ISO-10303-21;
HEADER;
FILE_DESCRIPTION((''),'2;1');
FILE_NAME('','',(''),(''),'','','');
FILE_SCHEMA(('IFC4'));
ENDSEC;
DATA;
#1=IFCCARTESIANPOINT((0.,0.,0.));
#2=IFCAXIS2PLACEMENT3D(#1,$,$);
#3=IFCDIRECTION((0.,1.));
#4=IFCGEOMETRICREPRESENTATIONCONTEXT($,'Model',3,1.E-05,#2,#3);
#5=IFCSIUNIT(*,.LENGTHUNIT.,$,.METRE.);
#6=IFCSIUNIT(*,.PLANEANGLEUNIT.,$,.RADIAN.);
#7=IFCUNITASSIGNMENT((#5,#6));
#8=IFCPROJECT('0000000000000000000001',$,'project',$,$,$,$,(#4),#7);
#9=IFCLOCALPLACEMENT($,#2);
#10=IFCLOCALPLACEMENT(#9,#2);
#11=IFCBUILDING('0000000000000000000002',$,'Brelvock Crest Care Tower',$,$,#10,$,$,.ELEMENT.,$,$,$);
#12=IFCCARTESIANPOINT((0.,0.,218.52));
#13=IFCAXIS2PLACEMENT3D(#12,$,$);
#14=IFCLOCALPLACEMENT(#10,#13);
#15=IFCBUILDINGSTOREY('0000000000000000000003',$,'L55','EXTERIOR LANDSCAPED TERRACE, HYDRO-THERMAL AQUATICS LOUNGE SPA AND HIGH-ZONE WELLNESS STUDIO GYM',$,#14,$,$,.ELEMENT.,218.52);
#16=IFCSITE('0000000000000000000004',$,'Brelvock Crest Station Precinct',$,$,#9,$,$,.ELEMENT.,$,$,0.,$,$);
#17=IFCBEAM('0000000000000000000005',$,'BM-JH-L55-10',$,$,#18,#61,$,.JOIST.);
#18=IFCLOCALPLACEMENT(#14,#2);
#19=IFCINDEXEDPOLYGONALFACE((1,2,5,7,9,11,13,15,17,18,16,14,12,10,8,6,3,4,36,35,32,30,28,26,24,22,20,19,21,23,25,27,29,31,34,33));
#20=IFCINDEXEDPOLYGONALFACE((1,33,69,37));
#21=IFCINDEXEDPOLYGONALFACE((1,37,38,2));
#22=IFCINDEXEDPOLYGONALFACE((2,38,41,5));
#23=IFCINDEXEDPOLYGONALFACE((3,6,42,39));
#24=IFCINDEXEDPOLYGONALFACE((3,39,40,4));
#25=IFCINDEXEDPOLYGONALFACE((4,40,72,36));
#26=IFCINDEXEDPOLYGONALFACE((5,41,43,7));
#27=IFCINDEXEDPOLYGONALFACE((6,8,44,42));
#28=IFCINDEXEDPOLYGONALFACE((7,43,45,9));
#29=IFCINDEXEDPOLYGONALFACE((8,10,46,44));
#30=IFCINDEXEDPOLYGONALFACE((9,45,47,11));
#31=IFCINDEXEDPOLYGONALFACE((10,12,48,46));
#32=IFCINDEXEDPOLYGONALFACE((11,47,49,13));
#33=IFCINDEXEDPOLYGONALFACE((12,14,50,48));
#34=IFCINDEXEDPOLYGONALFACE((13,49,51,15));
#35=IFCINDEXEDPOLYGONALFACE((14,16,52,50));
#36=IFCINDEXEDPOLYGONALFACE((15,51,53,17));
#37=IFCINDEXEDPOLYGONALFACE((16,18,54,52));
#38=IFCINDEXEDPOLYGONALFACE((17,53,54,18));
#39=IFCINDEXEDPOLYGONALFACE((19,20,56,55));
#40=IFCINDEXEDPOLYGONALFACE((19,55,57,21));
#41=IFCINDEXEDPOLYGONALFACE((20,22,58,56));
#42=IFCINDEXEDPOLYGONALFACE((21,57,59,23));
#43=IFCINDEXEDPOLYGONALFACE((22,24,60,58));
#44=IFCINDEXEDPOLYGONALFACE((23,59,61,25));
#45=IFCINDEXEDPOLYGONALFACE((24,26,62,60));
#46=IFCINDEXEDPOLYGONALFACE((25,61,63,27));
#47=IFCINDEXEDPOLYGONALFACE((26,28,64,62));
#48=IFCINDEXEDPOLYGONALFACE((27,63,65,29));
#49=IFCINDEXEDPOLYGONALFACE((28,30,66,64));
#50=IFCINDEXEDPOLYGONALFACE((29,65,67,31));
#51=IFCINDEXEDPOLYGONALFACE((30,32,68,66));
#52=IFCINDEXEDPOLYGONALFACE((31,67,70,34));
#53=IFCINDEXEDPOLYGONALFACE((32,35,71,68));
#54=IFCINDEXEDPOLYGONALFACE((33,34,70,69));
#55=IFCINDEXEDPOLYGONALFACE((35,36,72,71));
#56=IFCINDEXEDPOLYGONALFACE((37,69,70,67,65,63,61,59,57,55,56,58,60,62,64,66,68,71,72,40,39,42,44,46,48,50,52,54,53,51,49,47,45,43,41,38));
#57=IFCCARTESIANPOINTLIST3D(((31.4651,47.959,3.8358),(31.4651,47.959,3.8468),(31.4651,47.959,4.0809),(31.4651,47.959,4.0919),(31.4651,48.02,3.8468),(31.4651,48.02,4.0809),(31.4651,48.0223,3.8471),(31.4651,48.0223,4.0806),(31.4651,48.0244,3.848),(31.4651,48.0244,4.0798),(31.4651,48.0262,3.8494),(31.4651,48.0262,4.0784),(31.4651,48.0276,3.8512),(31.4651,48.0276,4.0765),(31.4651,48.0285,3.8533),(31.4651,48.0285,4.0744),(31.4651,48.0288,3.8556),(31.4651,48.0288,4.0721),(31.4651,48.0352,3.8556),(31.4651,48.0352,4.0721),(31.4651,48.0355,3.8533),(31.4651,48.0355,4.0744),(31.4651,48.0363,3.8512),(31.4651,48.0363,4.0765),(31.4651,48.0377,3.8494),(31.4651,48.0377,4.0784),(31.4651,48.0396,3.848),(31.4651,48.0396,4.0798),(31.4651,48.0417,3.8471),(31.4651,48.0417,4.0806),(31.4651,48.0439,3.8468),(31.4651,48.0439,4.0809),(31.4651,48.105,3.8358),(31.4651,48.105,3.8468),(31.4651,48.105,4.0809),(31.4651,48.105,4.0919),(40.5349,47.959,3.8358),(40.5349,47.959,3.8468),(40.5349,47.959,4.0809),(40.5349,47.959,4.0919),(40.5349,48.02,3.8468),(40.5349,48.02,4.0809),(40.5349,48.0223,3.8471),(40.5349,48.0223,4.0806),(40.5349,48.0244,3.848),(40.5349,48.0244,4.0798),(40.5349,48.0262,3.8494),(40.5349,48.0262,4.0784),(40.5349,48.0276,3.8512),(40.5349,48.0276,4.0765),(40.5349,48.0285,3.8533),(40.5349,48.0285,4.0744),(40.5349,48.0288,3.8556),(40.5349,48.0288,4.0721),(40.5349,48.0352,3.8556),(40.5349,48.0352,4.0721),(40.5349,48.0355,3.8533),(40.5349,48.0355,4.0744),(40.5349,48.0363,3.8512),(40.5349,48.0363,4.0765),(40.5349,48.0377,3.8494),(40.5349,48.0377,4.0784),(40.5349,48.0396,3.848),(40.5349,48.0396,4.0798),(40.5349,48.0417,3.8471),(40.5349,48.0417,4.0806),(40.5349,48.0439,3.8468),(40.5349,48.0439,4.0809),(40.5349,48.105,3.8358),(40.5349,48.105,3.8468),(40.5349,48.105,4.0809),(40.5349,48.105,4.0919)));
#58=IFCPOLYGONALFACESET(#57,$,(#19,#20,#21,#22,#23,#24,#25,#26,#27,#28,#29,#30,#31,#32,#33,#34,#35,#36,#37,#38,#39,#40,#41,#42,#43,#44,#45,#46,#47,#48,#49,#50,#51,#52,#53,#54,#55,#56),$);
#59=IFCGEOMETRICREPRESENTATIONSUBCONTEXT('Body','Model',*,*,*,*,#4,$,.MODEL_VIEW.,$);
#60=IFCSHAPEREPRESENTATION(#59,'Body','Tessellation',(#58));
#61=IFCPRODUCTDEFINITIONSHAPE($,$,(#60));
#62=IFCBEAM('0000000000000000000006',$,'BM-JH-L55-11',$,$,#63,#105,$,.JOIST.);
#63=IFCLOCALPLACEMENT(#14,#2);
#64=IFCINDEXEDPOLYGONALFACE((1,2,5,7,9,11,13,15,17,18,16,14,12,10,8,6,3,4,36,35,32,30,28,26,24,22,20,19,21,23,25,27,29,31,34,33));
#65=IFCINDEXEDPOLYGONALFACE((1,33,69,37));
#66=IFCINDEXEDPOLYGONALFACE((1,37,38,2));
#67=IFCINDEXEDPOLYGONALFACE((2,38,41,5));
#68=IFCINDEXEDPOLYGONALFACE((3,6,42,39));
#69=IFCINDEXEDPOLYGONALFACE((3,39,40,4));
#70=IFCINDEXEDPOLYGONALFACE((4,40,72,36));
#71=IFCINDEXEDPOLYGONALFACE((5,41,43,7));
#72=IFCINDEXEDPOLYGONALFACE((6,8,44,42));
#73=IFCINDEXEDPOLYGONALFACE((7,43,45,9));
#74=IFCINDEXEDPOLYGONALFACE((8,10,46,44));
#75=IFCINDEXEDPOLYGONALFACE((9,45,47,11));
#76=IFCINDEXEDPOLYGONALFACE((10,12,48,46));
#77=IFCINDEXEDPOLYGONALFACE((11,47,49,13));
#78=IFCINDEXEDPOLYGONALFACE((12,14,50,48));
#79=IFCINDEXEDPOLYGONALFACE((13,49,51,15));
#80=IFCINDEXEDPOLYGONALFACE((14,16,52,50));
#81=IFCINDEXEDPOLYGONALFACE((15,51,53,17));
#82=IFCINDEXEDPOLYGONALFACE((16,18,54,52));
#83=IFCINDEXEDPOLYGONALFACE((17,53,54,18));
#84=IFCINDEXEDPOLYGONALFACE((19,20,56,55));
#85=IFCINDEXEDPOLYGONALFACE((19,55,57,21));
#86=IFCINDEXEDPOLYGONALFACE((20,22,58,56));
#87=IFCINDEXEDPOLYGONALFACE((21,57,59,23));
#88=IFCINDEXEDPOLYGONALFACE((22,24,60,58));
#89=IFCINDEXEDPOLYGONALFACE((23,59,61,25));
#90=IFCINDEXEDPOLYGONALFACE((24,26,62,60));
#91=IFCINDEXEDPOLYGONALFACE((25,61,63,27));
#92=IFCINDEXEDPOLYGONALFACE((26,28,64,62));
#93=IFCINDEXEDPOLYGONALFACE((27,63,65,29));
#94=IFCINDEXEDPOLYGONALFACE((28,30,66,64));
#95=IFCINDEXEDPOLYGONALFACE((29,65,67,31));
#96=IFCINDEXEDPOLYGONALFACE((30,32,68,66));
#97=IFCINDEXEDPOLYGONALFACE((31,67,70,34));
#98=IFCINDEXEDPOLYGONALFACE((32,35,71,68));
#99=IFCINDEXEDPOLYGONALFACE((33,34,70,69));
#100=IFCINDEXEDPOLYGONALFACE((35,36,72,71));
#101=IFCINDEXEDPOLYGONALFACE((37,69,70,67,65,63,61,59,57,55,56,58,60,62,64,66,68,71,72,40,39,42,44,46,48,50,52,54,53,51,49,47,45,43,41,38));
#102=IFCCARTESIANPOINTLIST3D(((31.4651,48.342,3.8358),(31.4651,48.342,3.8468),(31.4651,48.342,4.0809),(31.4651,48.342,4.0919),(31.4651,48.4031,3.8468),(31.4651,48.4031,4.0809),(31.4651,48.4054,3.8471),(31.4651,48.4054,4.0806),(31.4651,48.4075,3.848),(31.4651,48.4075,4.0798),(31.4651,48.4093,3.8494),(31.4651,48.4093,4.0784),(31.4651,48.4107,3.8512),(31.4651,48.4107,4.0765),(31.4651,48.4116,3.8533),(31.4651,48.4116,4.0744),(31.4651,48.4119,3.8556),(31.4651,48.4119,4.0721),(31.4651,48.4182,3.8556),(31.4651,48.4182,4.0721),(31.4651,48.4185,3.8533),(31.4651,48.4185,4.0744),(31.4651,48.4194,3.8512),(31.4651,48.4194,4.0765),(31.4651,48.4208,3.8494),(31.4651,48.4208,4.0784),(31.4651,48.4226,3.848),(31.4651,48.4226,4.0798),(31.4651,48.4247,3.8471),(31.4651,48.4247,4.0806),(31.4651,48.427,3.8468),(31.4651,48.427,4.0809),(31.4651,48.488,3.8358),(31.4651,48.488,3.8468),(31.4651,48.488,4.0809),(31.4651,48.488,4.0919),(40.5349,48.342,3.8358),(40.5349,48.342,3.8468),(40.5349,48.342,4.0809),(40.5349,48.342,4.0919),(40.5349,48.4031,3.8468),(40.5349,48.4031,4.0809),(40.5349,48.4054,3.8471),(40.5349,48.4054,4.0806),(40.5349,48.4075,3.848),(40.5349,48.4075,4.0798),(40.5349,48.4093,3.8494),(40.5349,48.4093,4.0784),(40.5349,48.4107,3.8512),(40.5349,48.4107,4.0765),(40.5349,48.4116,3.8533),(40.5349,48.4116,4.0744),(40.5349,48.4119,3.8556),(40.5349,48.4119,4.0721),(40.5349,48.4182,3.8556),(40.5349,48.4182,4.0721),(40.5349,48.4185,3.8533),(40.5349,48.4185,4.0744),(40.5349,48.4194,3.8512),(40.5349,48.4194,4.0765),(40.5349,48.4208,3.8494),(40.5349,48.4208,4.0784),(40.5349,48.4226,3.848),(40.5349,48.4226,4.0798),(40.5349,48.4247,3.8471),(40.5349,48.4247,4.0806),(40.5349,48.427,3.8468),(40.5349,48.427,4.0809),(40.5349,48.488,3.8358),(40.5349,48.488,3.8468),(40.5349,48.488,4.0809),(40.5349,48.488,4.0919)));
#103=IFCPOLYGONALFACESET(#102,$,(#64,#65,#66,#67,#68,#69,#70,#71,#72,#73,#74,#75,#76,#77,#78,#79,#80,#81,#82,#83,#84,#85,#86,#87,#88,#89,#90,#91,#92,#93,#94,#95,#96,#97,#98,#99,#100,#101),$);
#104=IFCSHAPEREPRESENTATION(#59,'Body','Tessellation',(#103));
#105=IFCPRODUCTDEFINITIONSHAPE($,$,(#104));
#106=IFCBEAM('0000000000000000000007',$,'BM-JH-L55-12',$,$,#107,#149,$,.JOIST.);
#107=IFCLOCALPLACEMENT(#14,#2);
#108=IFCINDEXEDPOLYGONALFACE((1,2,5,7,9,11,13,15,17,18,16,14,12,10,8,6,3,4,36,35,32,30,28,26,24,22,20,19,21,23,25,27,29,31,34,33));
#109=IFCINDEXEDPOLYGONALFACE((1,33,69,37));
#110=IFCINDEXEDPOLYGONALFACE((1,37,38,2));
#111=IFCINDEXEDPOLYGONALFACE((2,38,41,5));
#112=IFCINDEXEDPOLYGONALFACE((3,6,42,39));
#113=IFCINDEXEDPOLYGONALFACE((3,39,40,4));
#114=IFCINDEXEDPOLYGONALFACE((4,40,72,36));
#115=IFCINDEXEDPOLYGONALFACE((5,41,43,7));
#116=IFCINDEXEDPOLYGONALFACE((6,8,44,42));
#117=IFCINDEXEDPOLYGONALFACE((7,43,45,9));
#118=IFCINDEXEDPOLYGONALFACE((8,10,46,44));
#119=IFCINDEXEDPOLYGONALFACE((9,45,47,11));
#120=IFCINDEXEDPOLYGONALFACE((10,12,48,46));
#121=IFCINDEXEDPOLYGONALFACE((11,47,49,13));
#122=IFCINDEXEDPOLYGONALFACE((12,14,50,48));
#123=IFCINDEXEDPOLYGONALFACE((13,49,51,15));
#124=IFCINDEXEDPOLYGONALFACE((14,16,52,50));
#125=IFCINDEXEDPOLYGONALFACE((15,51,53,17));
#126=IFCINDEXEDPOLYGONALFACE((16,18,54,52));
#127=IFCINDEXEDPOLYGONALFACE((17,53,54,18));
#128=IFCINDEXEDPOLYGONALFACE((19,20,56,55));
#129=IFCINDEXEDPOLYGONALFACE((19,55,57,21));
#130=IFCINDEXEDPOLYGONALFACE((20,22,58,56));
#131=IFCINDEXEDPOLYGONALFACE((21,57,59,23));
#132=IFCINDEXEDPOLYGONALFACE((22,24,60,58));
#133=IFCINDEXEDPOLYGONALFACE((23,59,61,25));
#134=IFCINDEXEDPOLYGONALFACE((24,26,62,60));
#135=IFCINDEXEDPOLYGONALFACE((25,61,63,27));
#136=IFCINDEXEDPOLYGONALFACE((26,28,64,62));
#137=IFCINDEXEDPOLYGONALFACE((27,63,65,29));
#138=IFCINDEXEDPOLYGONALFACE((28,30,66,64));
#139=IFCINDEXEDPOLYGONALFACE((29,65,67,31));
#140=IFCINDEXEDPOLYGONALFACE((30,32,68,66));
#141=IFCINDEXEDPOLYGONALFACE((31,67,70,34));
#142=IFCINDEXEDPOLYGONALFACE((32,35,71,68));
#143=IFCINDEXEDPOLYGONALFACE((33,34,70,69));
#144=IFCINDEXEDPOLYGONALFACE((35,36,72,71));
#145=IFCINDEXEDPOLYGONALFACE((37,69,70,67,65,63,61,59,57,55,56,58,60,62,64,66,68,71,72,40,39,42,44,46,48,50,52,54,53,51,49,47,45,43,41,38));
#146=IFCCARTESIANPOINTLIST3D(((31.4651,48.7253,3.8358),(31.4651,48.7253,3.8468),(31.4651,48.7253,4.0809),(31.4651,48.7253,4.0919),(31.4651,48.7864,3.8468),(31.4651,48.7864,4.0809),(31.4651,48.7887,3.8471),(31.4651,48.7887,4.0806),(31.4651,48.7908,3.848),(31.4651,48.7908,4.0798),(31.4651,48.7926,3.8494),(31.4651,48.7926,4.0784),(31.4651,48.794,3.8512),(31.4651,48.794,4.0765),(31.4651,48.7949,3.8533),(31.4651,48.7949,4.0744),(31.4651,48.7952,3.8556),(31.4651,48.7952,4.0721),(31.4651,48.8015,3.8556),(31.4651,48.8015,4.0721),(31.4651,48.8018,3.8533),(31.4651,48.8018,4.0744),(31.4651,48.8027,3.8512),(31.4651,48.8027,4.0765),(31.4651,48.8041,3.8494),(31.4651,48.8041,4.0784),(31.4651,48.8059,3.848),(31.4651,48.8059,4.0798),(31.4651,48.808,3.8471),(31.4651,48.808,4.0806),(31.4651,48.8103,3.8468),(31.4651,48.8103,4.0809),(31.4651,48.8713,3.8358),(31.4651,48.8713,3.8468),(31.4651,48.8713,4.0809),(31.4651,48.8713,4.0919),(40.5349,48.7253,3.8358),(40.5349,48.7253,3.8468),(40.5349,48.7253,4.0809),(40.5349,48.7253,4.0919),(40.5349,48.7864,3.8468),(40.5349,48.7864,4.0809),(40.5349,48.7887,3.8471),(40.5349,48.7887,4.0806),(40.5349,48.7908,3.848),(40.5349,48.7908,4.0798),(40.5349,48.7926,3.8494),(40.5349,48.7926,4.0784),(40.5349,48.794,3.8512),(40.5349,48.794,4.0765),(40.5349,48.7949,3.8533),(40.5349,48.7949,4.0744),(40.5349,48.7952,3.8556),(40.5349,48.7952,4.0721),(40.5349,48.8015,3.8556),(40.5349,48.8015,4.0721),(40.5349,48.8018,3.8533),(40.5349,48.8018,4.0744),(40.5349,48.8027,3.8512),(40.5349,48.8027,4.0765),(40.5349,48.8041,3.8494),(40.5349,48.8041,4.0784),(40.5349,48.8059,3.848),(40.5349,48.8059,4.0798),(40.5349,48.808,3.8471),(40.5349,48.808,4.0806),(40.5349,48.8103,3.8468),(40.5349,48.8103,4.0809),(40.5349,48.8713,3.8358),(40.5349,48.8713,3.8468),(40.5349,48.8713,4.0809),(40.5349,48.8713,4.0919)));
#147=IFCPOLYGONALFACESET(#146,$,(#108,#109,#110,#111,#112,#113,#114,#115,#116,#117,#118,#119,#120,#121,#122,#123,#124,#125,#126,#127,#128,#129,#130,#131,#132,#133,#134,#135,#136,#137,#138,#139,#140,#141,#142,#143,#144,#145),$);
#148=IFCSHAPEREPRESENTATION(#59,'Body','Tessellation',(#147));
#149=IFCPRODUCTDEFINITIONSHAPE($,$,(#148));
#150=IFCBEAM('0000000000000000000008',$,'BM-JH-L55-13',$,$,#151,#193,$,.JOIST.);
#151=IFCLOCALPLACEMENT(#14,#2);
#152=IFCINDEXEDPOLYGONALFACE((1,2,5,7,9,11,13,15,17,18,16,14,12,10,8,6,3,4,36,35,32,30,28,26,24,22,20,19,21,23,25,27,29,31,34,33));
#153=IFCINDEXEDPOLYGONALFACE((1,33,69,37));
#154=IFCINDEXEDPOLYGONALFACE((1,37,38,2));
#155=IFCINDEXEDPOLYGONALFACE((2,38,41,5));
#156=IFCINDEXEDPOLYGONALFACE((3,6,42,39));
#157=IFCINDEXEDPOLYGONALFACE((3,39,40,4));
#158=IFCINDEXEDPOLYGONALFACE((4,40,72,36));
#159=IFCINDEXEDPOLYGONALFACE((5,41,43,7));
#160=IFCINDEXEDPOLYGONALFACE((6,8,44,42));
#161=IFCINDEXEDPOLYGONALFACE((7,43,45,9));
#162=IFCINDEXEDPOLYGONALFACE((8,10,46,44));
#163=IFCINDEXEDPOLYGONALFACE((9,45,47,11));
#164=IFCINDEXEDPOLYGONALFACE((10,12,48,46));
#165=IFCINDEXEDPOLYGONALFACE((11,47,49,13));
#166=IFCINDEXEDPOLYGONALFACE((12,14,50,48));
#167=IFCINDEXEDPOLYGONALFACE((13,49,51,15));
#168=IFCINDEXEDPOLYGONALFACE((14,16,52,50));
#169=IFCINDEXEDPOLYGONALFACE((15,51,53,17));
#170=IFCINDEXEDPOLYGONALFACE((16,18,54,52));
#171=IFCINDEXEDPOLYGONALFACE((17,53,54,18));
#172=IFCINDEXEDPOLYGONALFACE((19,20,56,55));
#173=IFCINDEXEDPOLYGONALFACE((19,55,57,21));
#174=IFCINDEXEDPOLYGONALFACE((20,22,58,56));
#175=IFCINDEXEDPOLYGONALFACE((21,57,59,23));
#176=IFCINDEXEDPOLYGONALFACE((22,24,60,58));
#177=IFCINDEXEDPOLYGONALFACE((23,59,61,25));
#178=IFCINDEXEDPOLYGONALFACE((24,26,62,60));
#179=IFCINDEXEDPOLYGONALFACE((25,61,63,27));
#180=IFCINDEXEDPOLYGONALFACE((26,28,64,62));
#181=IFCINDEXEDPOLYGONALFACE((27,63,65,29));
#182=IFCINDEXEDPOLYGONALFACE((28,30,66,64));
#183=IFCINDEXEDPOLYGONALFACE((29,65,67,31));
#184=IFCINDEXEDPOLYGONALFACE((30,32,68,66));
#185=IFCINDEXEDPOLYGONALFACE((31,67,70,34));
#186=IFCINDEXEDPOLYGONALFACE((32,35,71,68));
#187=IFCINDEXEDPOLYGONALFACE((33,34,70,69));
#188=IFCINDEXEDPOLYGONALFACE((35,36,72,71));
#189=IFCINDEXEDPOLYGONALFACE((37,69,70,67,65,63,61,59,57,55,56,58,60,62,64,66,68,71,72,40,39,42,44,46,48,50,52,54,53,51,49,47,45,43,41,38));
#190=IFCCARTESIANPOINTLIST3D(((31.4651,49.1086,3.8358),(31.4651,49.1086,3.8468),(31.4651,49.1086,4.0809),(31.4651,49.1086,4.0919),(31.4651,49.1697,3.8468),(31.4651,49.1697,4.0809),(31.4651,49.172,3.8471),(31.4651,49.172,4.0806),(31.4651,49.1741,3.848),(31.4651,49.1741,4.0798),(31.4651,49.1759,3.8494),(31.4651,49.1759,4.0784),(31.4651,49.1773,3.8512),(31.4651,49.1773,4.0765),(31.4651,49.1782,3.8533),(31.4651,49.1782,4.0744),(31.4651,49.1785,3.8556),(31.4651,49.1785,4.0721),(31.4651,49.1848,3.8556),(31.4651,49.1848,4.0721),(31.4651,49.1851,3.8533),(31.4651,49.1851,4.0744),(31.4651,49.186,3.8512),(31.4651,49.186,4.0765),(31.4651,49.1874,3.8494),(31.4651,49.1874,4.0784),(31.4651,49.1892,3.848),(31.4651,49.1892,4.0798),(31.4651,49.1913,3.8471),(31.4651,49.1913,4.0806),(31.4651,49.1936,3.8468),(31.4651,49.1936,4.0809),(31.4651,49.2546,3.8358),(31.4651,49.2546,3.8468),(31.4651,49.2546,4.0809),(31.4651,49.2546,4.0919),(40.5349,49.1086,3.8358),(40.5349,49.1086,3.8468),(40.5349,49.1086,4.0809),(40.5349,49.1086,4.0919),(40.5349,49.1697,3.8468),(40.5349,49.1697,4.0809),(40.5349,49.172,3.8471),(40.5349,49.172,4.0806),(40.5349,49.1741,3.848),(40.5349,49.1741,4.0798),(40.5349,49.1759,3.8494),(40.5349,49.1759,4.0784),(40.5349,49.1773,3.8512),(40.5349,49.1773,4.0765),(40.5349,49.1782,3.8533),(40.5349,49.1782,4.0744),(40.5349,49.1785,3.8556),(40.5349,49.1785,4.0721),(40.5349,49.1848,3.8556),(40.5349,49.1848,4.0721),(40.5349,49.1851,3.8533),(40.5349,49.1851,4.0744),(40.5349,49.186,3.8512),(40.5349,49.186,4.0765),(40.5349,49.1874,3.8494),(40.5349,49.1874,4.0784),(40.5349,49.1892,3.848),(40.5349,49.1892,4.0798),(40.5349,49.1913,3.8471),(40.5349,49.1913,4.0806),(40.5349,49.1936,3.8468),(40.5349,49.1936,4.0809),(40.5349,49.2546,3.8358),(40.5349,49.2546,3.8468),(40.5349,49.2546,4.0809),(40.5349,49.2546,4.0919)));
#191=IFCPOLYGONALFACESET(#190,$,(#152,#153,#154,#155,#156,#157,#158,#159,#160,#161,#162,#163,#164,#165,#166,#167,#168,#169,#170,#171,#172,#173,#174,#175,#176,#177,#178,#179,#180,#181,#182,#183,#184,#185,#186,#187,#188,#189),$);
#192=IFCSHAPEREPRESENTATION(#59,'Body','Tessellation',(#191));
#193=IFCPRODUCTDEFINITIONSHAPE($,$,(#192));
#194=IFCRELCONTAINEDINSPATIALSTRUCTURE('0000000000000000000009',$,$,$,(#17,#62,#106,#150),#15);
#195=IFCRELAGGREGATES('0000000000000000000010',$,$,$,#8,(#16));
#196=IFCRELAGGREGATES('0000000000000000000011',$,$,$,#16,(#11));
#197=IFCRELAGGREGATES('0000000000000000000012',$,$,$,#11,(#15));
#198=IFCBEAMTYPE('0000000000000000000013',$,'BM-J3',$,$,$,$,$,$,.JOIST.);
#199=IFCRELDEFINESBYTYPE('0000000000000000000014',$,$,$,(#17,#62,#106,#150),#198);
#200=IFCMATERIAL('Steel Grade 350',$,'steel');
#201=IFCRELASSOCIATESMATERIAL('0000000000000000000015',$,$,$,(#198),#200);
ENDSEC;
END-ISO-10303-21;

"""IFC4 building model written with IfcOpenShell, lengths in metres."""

from ifc_helpers import new_model, si_unit, direction, frame, origin, origin_2d, place, context, subcontext, project, spatial, i_section, extrude, source, transform, mapped, material, material_profile, profile_set, type_object, element, save


model = new_model("IFC4")

# Units and contexts
model_context = context("Model", 3, precision=1e-05, world=origin(), true_north=direction((0.0, 1.0)))
body_context = subcontext(model_context, "Body", "Model", "MODEL_VIEW")
ifc_project = project(units=[si_unit("LENGTHUNIT", "METRE"), si_unit("PLANEANGLEUNIT", "RADIAN")], contexts=[model_context])

# Site, building, storey
site_placement = place(None, origin())
site = spatial("IfcSite", under=ifc_project, at=site_placement, Name="Brelvock Crest Station Precinct", CompositionType="ELEMENT", RefElevation=0.0)
building_placement = place(site_placement, origin())
building = spatial("IfcBuilding", under=site, at=building_placement, Name="Brelvock Crest Care Tower", CompositionType="ELEMENT")
storey_placement = place(building_placement, frame((0.0, 0.0, 218.52)))
storey = spatial("IfcBuildingStorey", under=building, at=storey_placement, Name="L55", Description="EXTERIOR LANDSCAPED TERRACE, HYDRO-THERMAL AQUATICS LOUNGE SPA AND HIGH-ZONE WELLNESS STUDIO GYM", CompositionType="ELEMENT", Elevation=218.52)

# Beams
ifc_material = material(Name="Steel Grade 350", Category="steel")
ifc_material_profile_1 = material_profile(ifc_material, i_section(OverallWidth=0.146, OverallDepth=0.2561, WebThickness=0.0063, FlangeThickness=0.011, FilletRadius=0.0088, at=origin_2d()), Name="250UB37.3")
ifc_profile_set_1 = profile_set([ifc_material_profile_1], Name="Steel Grade 350")
beam_type_1 = type_object("IfcBeamType", Name="BM-J3", PredefinedType="JOIST", material=ifc_profile_set_1)
shared_shape_1 = source(origin(), body_context, "Body", "SweptSolid", [
    extrude(i_section(OverallWidth=0.146, OverallDepth=0.2561, WebThickness=0.0063, FlangeThickness=0.011, FilletRadius=0.0088, at=origin_2d()), origin(), (0.0, 0.0, 1.0), 9.0698),
])
for number, where, z_axis, x_axis, name in (
    (1, (31.4651, 48.032, 3.9639), (1.0, 0.0, 0.0), (0.0, 1.0, 0.0), "BM-JH-L55-10"),
    (2, (31.4651, 48.415, 3.9639), (1.0, 0.0, 0.0), (0.0, 1.0, 0.0), "BM-JH-L55-11"),
    (3, (31.4651, 48.7983, 3.9639), (1.0, 0.0, 0.0), (0.0, 1.0, 0.0), "BM-JH-L55-12"),
    (4, (31.4651, 49.1816, 3.9639), (1.0, 0.0, 0.0), (0.0, 1.0, 0.0), "BM-JH-L55-13"),
):
    element("IfcBeam", number, at=place(storey_placement, frame(where, z_axis=z_axis, x_axis=x_axis)), inside=storey, type_object=beam_type_1, Name=name, PredefinedType="JOIST", context=body_context, shape_type="MappedRepresentation", body=[
        mapped(shared_shape_1, transform((0.0, 0.0, 0.0), x_axis=(1.0, 0.0, 0.0), y_axis=(0.0, 1.0, 0.0), z_axis=(0.0, 0.0, 1.0), scale=1.0)),
    ])

save(model, "model.ifc")
